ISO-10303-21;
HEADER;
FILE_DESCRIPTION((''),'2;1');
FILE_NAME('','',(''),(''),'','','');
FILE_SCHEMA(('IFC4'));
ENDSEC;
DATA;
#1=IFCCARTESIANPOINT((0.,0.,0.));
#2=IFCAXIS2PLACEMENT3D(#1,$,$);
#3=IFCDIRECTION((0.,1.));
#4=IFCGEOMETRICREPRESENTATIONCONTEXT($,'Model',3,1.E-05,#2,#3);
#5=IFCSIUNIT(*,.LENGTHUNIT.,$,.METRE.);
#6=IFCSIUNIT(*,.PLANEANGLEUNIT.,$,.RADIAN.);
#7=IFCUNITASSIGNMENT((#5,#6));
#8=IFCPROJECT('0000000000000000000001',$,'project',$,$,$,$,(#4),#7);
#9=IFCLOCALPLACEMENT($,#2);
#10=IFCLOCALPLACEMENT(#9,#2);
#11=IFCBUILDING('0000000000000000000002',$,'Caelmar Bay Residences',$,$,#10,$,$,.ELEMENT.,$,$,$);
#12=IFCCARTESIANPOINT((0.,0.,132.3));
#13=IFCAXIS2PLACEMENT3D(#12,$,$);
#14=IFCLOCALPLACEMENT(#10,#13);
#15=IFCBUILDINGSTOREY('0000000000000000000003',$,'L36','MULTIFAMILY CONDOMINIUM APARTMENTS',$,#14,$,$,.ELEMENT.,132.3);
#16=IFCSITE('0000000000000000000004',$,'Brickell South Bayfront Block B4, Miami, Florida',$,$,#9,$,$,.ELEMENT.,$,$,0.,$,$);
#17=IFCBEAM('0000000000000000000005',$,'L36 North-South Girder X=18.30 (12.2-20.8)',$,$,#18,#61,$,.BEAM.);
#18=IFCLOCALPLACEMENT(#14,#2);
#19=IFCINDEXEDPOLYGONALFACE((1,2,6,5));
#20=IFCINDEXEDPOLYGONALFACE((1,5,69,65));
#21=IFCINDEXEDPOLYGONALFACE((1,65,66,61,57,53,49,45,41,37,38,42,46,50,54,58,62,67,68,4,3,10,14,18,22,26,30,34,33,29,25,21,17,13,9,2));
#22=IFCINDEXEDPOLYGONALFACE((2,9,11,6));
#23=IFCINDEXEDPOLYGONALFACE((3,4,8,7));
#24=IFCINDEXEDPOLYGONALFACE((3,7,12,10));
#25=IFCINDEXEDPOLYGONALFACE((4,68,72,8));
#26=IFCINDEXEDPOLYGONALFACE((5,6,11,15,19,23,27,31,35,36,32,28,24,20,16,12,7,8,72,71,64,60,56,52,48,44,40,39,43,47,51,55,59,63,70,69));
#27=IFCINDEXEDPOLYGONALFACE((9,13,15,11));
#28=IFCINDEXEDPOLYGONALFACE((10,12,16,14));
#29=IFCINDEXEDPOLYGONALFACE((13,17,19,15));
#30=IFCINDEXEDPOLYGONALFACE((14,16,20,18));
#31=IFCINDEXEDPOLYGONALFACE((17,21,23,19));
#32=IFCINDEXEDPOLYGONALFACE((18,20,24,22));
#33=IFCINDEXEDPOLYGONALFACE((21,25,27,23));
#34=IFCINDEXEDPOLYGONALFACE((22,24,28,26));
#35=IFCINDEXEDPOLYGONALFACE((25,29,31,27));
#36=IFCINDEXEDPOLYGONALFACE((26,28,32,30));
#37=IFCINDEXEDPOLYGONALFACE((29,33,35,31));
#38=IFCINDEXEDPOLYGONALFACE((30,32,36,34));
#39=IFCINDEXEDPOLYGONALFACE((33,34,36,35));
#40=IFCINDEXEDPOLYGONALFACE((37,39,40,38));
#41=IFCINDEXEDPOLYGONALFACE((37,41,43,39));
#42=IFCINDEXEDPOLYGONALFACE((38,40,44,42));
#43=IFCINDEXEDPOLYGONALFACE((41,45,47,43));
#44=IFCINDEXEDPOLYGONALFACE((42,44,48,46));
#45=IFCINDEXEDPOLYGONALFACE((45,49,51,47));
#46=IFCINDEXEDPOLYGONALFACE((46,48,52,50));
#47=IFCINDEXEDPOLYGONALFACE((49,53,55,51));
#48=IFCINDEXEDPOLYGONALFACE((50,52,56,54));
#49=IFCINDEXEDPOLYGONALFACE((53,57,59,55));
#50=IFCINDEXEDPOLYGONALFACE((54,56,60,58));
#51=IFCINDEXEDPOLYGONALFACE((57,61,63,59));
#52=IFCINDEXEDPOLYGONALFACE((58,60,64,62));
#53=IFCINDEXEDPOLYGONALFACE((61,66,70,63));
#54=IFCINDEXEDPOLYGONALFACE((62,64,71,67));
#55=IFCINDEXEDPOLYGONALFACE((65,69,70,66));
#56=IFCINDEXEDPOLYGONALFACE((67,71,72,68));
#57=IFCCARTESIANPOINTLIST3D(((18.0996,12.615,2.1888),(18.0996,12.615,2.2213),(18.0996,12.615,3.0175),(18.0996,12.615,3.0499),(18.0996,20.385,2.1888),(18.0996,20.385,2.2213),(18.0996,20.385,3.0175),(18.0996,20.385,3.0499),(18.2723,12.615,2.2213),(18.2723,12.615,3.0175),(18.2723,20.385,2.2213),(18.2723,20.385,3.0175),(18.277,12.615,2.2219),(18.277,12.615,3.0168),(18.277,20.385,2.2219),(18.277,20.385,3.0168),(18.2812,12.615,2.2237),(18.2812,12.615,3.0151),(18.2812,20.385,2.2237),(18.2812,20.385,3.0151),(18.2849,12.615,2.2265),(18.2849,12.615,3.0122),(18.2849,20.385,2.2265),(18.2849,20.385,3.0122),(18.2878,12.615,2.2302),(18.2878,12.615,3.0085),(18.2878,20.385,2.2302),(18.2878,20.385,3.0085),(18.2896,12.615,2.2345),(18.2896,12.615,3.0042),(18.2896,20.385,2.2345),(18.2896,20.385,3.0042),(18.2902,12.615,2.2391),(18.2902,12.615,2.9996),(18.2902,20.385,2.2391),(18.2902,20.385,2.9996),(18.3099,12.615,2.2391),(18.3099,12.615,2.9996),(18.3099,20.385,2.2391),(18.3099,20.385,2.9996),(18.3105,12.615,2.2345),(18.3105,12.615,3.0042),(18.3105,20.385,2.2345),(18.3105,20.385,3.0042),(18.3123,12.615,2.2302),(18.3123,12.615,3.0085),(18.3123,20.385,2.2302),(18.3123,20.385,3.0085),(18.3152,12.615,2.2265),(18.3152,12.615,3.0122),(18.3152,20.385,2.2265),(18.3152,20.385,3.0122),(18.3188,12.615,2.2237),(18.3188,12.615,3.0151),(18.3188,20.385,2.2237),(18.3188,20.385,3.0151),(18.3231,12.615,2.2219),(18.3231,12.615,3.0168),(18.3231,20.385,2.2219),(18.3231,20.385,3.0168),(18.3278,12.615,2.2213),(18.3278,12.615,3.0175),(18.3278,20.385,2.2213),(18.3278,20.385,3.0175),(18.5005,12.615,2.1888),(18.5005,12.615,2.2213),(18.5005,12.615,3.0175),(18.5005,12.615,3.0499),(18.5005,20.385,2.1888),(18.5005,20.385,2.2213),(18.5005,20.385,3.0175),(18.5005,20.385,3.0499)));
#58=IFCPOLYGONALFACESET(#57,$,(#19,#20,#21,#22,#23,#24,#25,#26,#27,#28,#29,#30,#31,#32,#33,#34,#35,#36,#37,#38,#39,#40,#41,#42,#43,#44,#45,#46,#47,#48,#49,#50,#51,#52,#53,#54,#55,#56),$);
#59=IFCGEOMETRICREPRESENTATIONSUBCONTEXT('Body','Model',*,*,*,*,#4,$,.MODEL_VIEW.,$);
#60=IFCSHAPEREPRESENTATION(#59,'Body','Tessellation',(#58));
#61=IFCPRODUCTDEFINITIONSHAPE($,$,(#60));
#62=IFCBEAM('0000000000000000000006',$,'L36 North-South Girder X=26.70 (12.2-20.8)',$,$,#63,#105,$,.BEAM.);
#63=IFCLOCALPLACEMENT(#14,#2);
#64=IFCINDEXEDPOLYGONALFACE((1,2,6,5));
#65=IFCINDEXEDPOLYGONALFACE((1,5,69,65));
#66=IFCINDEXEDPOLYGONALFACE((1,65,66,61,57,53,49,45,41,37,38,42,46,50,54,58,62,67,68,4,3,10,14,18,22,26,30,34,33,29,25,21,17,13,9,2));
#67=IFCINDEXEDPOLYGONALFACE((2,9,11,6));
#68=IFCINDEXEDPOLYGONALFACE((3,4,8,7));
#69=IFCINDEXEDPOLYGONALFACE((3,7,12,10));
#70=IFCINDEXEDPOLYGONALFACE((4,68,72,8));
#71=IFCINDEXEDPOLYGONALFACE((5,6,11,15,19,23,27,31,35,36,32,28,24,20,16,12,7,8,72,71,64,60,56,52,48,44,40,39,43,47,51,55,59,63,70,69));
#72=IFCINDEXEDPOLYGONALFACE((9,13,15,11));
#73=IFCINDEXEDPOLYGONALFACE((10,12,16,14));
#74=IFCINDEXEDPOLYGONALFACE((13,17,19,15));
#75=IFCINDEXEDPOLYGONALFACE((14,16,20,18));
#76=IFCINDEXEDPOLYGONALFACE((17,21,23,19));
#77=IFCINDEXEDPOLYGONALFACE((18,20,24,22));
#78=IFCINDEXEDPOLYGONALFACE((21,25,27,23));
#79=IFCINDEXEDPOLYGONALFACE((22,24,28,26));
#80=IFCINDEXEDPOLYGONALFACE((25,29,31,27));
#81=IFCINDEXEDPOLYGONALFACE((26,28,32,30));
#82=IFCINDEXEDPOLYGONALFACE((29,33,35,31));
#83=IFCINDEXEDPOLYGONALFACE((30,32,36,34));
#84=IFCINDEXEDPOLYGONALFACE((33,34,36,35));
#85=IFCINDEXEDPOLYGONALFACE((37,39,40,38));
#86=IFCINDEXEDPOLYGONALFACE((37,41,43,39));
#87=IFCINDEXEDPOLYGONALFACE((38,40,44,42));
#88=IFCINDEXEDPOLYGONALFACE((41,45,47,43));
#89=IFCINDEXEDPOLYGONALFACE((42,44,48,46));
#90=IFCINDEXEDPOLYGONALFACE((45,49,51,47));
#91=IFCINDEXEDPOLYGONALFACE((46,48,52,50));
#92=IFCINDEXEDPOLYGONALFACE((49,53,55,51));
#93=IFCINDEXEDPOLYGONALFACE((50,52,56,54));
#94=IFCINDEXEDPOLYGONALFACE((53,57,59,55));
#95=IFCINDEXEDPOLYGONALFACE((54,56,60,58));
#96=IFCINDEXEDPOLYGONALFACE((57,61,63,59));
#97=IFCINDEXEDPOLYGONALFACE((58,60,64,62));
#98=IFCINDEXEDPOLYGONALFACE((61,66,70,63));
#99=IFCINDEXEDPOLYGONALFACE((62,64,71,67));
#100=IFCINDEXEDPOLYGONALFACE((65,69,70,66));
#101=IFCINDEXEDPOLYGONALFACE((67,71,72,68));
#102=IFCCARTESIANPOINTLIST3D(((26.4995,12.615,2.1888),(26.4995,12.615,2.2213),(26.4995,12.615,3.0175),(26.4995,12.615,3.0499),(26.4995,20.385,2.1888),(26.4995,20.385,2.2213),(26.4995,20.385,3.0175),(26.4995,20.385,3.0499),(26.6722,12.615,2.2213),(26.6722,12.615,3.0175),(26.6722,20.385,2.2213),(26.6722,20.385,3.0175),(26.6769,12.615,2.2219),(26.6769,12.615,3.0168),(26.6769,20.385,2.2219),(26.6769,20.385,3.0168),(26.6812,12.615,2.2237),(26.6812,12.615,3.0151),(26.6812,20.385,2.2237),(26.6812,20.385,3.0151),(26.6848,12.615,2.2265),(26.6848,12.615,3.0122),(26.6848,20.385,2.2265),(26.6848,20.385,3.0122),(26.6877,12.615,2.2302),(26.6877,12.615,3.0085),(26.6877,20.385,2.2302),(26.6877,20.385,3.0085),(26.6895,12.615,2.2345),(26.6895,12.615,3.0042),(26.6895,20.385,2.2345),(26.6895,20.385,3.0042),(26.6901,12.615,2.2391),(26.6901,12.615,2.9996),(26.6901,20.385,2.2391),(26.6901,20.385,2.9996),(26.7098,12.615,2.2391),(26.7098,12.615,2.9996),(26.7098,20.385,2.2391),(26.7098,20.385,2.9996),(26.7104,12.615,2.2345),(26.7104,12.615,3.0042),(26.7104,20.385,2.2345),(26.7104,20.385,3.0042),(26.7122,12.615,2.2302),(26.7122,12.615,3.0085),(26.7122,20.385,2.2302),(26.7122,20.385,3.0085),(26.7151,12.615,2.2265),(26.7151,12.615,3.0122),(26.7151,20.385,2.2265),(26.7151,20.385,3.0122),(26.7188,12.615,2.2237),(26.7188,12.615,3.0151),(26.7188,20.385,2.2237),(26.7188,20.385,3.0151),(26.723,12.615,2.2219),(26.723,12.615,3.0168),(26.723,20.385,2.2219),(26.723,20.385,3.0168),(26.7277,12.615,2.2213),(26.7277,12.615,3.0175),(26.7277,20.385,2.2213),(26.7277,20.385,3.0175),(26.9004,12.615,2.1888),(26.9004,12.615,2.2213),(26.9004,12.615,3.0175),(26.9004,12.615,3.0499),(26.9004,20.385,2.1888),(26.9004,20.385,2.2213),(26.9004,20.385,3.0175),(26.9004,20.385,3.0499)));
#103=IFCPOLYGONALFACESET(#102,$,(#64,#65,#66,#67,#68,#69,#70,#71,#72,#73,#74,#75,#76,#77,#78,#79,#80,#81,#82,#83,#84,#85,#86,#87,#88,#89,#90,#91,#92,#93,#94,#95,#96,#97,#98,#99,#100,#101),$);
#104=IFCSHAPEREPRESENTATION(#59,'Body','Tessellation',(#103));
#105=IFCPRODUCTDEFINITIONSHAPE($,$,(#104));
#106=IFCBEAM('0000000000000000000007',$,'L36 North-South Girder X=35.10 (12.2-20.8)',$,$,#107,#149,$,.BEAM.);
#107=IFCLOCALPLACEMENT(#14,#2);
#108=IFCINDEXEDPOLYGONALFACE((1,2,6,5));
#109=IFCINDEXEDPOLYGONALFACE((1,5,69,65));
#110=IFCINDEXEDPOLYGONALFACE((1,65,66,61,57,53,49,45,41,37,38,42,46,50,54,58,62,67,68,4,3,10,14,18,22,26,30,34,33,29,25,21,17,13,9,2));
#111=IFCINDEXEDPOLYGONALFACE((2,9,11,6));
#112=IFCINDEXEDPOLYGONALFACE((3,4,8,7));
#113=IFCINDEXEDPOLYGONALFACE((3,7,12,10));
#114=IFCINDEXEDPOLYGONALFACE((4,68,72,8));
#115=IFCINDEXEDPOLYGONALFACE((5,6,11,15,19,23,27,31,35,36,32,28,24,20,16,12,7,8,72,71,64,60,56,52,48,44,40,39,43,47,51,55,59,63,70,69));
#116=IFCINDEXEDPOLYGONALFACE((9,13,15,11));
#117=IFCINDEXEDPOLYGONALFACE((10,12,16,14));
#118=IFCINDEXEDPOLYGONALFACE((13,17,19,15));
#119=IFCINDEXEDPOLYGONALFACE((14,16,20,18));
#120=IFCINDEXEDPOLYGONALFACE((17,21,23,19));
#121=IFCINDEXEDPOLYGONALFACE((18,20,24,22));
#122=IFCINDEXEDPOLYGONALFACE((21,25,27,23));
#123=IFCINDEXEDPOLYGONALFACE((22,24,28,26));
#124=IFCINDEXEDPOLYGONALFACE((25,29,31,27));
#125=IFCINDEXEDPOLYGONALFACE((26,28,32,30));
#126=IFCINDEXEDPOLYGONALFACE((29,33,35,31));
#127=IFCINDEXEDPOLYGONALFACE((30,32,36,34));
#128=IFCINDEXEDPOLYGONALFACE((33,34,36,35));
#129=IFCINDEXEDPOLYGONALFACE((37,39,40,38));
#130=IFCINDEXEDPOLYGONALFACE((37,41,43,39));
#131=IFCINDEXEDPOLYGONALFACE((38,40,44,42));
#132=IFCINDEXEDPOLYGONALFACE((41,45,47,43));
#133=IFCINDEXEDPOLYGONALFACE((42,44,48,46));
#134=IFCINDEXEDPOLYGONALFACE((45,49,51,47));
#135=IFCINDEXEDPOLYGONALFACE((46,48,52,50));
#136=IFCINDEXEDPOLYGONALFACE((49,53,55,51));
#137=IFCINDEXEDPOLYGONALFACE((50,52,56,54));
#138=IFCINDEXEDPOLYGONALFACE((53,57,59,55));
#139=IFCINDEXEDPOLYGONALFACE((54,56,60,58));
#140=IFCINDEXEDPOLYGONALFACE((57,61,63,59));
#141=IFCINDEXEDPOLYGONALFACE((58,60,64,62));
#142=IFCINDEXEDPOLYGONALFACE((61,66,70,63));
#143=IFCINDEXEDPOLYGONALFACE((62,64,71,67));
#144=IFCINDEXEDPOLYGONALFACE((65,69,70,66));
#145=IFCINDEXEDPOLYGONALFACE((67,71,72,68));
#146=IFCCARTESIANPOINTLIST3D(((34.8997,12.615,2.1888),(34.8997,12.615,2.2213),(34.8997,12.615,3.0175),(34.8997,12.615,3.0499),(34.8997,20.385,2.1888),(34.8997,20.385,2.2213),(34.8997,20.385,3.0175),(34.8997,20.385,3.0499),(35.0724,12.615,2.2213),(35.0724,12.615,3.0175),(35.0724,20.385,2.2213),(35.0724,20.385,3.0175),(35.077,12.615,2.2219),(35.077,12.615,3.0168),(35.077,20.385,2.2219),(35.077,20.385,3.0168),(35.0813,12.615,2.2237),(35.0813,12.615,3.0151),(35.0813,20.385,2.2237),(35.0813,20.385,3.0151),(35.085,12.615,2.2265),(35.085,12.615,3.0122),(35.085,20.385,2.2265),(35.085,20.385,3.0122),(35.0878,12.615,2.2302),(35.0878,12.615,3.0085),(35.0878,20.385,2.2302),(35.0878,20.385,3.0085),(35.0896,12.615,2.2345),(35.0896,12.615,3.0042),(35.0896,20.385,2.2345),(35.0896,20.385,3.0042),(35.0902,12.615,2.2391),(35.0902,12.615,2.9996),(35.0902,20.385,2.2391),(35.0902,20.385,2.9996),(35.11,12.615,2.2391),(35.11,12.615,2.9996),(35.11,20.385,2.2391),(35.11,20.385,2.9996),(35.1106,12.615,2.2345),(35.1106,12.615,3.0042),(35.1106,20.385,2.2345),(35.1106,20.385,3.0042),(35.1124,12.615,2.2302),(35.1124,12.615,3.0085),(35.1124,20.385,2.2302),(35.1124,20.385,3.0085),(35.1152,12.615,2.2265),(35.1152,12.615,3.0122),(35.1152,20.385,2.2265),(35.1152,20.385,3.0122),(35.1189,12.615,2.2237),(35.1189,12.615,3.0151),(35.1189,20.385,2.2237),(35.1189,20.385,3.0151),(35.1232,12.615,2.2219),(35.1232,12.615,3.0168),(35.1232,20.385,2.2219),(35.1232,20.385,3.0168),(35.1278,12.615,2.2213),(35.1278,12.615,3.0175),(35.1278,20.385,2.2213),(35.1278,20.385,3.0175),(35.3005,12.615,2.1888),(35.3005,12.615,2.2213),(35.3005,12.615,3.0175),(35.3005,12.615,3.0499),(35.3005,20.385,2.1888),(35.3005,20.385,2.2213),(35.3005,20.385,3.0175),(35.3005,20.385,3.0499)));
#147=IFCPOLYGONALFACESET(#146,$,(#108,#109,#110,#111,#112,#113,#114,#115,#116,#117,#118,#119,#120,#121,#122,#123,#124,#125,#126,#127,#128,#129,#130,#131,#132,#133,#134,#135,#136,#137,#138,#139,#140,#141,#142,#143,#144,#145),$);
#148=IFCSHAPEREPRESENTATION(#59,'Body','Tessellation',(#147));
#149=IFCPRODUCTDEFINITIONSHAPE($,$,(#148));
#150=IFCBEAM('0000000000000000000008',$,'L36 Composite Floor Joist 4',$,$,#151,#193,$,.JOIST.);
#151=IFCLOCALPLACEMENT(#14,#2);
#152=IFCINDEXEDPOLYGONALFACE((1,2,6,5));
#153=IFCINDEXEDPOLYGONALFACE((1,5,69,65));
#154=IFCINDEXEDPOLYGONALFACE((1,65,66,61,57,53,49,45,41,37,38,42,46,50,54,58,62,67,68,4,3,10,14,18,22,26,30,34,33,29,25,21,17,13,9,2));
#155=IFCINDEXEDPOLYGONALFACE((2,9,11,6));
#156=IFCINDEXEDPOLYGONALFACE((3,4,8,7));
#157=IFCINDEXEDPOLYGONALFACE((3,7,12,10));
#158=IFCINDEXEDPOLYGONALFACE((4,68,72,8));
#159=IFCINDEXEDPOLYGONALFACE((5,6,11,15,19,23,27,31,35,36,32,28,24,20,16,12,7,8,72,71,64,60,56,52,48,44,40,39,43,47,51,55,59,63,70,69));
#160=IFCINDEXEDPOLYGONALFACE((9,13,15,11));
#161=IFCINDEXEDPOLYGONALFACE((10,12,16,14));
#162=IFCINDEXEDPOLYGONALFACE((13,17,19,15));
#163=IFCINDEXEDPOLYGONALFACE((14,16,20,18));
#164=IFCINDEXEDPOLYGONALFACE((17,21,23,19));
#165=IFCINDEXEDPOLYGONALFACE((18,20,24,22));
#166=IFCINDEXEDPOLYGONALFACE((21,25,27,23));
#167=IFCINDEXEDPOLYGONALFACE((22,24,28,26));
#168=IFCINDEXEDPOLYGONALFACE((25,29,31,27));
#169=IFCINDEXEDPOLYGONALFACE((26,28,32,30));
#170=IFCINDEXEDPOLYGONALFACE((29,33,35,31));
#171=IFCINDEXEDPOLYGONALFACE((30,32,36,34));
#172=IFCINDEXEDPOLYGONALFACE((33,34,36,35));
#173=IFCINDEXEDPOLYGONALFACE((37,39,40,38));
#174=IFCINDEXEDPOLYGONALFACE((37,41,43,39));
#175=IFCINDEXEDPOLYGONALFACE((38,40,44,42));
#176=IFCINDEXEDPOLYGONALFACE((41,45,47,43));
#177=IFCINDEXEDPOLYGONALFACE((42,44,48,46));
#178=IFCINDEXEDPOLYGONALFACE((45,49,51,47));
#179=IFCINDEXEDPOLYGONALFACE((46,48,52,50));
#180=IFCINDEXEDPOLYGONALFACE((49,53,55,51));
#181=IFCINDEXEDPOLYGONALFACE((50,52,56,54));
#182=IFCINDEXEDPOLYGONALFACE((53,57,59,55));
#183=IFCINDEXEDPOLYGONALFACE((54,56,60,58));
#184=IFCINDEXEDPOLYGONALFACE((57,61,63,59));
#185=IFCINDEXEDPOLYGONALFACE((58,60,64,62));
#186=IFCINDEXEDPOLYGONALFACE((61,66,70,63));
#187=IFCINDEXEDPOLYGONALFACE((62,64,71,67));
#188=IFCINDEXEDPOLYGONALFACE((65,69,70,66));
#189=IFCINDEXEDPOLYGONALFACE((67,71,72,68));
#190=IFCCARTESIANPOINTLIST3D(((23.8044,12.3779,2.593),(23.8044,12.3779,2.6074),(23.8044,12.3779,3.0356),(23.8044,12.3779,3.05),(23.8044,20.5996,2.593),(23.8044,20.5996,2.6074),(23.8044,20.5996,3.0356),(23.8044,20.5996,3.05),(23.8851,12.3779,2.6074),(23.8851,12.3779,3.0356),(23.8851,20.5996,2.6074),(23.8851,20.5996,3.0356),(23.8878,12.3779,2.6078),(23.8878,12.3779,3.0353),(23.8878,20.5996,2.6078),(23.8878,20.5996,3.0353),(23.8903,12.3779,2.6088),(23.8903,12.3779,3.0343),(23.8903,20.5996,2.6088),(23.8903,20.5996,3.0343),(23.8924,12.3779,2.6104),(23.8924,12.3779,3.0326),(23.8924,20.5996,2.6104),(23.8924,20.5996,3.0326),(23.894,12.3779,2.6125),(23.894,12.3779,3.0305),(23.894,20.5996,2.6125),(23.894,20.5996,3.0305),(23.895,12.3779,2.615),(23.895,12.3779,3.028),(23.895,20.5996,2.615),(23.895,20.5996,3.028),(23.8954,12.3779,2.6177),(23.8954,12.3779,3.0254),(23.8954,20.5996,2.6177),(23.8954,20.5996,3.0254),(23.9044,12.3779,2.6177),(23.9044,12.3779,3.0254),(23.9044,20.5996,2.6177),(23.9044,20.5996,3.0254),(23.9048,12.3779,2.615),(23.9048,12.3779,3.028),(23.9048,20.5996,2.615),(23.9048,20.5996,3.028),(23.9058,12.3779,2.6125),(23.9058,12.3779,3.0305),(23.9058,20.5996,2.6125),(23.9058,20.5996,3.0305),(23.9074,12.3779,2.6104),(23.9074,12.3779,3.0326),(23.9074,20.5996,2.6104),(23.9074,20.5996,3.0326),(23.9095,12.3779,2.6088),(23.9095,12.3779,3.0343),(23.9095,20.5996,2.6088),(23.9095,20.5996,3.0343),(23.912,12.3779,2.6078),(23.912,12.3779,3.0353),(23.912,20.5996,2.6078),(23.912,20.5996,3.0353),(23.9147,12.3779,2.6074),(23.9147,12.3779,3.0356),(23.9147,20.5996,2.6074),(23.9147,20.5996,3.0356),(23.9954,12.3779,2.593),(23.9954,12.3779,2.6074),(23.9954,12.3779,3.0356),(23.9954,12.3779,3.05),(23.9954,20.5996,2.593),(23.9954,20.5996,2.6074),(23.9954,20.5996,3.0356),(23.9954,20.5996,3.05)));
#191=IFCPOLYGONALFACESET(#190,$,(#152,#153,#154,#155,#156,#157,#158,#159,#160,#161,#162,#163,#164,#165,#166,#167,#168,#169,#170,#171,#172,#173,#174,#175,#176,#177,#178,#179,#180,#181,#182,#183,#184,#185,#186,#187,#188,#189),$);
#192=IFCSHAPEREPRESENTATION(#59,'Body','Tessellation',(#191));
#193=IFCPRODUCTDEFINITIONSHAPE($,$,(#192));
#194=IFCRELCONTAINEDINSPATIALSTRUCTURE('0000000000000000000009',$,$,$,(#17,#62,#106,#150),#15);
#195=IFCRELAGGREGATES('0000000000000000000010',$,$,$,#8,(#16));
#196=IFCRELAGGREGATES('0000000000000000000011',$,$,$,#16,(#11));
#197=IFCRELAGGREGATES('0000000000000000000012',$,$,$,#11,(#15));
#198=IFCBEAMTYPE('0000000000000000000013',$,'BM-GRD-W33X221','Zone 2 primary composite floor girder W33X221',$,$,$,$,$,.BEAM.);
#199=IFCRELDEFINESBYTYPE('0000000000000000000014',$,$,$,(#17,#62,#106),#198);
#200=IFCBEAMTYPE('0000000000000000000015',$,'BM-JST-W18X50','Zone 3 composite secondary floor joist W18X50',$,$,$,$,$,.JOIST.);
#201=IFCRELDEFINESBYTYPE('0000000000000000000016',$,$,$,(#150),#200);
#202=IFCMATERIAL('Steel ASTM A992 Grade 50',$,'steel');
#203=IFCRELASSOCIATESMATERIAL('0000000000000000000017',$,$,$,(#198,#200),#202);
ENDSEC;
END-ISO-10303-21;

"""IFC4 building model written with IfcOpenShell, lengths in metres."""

from ifc_helpers import new_model, si_unit, direction, frame, origin, origin_2d, place, context, subcontext, project, spatial, i_section, extrude, material, material_profile, profile_set, type_object, element, save


model = new_model("IFC4")

# Units and contexts
model_context = context("Model", 3, precision=1e-05, world=origin(), true_north=direction((0.0, 1.0)))
body_context = subcontext(model_context, "Body", "Model", "MODEL_VIEW")
ifc_project = project(units=[si_unit("LENGTHUNIT", "METRE"), si_unit("PLANEANGLEUNIT", "RADIAN")], contexts=[model_context])

# Site, building, storey
site_placement = place(None, origin())
site = spatial("IfcSite", under=ifc_project, at=site_placement, Name="Brickell South Bayfront Block B4, Miami, Florida", CompositionType="ELEMENT", RefElevation=0.0)
building_placement = place(site_placement, origin())
building = spatial("IfcBuilding", under=site, at=building_placement, Name="Caelmar Bay Residences", CompositionType="ELEMENT")
storey_placement = place(building_placement, frame((0.0, 0.0, 132.3)))
storey = spatial("IfcBuildingStorey", under=building, at=storey_placement, Name="L36", Description="MULTIFAMILY CONDOMINIUM APARTMENTS", CompositionType="ELEMENT", Elevation=132.3)

# Beams
ifc_material_1 = material(Name="Steel ASTM A992 Grade 50", Category="steel")
ifc_material_profile_1 = material_profile(ifc_material_1, i_section(OverallWidth=0.4009, OverallDepth=0.8611, WebThickness=0.0198, FlangeThickness=0.0325, FilletRadius=0.0178, at=origin_2d()), Name="W33X221")
ifc_profile_set_1 = profile_set([ifc_material_profile_1], Name="Steel ASTM A992 Grade 50")
beam_type_1 = type_object("IfcBeamType", Name="BM-GRD-W33X221", Description="Zone 2 primary composite floor girder W33X221", PredefinedType="BEAM", material=ifc_profile_set_1)
for number, where, z_axis, x_axis, name in (
    (1, (18.3, 12.615, 2.6194), (0.0, 1.0, 0.0), (-1.0, 0.0, 0.0), "L36 North-South Girder X=18.30 (12.2-20.8)"),
    (2, (26.7, 12.615, 2.6194), (0.0, 1.0, 0.0), (-1.0, 0.0, 0.0), "L36 North-South Girder X=26.70 (12.2-20.8)"),
    (3, (35.1001, 12.615, 2.6194), (0.0, 1.0, 0.0), (-1.0, 0.0, 0.0), "L36 North-South Girder X=35.10 (12.2-20.8)"),
):
    element("IfcBeam", number, at=place(storey_placement, frame(where, z_axis=z_axis, x_axis=x_axis)), inside=storey, type_object=beam_type_1, Name=name, PredefinedType="BEAM", context=body_context, shape_type="SweptSolid", body=[
        extrude(i_section(OverallWidth=0.4009, OverallDepth=0.8611, WebThickness=0.0198, FlangeThickness=0.0325, FilletRadius=0.0178, at=origin_2d()), origin(), (0.0, 0.0, 1.0), 7.77),
    ])
ifc_material_profile_2 = material_profile(ifc_material_1, i_section(OverallWidth=0.1909, OverallDepth=0.457, WebThickness=0.009, FlangeThickness=0.0144, FilletRadius=0.0103, at=origin_2d()), Name="W18X50")
ifc_profile_set_2 = profile_set([ifc_material_profile_2], Name="Steel ASTM A992 Grade 50")
beam_type_2 = type_object("IfcBeamType", Name="BM-JST-W18X50", Description="Zone 3 composite secondary floor joist W18X50", PredefinedType="JOIST", material=ifc_profile_set_2)
for number, where, z_axis, x_axis, name in (
    (4, (23.8999, 12.3779, 2.8215), (0.0, 1.0, 0.0), (-1.0, 0.0, 0.0), "L36 Composite Floor Joist 4"),
):
    element("IfcBeam", number, at=place(storey_placement, frame(where, z_axis=z_axis, x_axis=x_axis)), inside=storey, type_object=beam_type_2, Name=name, PredefinedType="JOIST", context=body_context, shape_type="SweptSolid", body=[
        extrude(i_section(OverallWidth=0.1909, OverallDepth=0.457, WebThickness=0.009, FlangeThickness=0.0144, FilletRadius=0.0103, at=origin_2d()), origin(), (0.0, 0.0, 1.0), 8.2217),
    ])

save(model, "model.ifc")
